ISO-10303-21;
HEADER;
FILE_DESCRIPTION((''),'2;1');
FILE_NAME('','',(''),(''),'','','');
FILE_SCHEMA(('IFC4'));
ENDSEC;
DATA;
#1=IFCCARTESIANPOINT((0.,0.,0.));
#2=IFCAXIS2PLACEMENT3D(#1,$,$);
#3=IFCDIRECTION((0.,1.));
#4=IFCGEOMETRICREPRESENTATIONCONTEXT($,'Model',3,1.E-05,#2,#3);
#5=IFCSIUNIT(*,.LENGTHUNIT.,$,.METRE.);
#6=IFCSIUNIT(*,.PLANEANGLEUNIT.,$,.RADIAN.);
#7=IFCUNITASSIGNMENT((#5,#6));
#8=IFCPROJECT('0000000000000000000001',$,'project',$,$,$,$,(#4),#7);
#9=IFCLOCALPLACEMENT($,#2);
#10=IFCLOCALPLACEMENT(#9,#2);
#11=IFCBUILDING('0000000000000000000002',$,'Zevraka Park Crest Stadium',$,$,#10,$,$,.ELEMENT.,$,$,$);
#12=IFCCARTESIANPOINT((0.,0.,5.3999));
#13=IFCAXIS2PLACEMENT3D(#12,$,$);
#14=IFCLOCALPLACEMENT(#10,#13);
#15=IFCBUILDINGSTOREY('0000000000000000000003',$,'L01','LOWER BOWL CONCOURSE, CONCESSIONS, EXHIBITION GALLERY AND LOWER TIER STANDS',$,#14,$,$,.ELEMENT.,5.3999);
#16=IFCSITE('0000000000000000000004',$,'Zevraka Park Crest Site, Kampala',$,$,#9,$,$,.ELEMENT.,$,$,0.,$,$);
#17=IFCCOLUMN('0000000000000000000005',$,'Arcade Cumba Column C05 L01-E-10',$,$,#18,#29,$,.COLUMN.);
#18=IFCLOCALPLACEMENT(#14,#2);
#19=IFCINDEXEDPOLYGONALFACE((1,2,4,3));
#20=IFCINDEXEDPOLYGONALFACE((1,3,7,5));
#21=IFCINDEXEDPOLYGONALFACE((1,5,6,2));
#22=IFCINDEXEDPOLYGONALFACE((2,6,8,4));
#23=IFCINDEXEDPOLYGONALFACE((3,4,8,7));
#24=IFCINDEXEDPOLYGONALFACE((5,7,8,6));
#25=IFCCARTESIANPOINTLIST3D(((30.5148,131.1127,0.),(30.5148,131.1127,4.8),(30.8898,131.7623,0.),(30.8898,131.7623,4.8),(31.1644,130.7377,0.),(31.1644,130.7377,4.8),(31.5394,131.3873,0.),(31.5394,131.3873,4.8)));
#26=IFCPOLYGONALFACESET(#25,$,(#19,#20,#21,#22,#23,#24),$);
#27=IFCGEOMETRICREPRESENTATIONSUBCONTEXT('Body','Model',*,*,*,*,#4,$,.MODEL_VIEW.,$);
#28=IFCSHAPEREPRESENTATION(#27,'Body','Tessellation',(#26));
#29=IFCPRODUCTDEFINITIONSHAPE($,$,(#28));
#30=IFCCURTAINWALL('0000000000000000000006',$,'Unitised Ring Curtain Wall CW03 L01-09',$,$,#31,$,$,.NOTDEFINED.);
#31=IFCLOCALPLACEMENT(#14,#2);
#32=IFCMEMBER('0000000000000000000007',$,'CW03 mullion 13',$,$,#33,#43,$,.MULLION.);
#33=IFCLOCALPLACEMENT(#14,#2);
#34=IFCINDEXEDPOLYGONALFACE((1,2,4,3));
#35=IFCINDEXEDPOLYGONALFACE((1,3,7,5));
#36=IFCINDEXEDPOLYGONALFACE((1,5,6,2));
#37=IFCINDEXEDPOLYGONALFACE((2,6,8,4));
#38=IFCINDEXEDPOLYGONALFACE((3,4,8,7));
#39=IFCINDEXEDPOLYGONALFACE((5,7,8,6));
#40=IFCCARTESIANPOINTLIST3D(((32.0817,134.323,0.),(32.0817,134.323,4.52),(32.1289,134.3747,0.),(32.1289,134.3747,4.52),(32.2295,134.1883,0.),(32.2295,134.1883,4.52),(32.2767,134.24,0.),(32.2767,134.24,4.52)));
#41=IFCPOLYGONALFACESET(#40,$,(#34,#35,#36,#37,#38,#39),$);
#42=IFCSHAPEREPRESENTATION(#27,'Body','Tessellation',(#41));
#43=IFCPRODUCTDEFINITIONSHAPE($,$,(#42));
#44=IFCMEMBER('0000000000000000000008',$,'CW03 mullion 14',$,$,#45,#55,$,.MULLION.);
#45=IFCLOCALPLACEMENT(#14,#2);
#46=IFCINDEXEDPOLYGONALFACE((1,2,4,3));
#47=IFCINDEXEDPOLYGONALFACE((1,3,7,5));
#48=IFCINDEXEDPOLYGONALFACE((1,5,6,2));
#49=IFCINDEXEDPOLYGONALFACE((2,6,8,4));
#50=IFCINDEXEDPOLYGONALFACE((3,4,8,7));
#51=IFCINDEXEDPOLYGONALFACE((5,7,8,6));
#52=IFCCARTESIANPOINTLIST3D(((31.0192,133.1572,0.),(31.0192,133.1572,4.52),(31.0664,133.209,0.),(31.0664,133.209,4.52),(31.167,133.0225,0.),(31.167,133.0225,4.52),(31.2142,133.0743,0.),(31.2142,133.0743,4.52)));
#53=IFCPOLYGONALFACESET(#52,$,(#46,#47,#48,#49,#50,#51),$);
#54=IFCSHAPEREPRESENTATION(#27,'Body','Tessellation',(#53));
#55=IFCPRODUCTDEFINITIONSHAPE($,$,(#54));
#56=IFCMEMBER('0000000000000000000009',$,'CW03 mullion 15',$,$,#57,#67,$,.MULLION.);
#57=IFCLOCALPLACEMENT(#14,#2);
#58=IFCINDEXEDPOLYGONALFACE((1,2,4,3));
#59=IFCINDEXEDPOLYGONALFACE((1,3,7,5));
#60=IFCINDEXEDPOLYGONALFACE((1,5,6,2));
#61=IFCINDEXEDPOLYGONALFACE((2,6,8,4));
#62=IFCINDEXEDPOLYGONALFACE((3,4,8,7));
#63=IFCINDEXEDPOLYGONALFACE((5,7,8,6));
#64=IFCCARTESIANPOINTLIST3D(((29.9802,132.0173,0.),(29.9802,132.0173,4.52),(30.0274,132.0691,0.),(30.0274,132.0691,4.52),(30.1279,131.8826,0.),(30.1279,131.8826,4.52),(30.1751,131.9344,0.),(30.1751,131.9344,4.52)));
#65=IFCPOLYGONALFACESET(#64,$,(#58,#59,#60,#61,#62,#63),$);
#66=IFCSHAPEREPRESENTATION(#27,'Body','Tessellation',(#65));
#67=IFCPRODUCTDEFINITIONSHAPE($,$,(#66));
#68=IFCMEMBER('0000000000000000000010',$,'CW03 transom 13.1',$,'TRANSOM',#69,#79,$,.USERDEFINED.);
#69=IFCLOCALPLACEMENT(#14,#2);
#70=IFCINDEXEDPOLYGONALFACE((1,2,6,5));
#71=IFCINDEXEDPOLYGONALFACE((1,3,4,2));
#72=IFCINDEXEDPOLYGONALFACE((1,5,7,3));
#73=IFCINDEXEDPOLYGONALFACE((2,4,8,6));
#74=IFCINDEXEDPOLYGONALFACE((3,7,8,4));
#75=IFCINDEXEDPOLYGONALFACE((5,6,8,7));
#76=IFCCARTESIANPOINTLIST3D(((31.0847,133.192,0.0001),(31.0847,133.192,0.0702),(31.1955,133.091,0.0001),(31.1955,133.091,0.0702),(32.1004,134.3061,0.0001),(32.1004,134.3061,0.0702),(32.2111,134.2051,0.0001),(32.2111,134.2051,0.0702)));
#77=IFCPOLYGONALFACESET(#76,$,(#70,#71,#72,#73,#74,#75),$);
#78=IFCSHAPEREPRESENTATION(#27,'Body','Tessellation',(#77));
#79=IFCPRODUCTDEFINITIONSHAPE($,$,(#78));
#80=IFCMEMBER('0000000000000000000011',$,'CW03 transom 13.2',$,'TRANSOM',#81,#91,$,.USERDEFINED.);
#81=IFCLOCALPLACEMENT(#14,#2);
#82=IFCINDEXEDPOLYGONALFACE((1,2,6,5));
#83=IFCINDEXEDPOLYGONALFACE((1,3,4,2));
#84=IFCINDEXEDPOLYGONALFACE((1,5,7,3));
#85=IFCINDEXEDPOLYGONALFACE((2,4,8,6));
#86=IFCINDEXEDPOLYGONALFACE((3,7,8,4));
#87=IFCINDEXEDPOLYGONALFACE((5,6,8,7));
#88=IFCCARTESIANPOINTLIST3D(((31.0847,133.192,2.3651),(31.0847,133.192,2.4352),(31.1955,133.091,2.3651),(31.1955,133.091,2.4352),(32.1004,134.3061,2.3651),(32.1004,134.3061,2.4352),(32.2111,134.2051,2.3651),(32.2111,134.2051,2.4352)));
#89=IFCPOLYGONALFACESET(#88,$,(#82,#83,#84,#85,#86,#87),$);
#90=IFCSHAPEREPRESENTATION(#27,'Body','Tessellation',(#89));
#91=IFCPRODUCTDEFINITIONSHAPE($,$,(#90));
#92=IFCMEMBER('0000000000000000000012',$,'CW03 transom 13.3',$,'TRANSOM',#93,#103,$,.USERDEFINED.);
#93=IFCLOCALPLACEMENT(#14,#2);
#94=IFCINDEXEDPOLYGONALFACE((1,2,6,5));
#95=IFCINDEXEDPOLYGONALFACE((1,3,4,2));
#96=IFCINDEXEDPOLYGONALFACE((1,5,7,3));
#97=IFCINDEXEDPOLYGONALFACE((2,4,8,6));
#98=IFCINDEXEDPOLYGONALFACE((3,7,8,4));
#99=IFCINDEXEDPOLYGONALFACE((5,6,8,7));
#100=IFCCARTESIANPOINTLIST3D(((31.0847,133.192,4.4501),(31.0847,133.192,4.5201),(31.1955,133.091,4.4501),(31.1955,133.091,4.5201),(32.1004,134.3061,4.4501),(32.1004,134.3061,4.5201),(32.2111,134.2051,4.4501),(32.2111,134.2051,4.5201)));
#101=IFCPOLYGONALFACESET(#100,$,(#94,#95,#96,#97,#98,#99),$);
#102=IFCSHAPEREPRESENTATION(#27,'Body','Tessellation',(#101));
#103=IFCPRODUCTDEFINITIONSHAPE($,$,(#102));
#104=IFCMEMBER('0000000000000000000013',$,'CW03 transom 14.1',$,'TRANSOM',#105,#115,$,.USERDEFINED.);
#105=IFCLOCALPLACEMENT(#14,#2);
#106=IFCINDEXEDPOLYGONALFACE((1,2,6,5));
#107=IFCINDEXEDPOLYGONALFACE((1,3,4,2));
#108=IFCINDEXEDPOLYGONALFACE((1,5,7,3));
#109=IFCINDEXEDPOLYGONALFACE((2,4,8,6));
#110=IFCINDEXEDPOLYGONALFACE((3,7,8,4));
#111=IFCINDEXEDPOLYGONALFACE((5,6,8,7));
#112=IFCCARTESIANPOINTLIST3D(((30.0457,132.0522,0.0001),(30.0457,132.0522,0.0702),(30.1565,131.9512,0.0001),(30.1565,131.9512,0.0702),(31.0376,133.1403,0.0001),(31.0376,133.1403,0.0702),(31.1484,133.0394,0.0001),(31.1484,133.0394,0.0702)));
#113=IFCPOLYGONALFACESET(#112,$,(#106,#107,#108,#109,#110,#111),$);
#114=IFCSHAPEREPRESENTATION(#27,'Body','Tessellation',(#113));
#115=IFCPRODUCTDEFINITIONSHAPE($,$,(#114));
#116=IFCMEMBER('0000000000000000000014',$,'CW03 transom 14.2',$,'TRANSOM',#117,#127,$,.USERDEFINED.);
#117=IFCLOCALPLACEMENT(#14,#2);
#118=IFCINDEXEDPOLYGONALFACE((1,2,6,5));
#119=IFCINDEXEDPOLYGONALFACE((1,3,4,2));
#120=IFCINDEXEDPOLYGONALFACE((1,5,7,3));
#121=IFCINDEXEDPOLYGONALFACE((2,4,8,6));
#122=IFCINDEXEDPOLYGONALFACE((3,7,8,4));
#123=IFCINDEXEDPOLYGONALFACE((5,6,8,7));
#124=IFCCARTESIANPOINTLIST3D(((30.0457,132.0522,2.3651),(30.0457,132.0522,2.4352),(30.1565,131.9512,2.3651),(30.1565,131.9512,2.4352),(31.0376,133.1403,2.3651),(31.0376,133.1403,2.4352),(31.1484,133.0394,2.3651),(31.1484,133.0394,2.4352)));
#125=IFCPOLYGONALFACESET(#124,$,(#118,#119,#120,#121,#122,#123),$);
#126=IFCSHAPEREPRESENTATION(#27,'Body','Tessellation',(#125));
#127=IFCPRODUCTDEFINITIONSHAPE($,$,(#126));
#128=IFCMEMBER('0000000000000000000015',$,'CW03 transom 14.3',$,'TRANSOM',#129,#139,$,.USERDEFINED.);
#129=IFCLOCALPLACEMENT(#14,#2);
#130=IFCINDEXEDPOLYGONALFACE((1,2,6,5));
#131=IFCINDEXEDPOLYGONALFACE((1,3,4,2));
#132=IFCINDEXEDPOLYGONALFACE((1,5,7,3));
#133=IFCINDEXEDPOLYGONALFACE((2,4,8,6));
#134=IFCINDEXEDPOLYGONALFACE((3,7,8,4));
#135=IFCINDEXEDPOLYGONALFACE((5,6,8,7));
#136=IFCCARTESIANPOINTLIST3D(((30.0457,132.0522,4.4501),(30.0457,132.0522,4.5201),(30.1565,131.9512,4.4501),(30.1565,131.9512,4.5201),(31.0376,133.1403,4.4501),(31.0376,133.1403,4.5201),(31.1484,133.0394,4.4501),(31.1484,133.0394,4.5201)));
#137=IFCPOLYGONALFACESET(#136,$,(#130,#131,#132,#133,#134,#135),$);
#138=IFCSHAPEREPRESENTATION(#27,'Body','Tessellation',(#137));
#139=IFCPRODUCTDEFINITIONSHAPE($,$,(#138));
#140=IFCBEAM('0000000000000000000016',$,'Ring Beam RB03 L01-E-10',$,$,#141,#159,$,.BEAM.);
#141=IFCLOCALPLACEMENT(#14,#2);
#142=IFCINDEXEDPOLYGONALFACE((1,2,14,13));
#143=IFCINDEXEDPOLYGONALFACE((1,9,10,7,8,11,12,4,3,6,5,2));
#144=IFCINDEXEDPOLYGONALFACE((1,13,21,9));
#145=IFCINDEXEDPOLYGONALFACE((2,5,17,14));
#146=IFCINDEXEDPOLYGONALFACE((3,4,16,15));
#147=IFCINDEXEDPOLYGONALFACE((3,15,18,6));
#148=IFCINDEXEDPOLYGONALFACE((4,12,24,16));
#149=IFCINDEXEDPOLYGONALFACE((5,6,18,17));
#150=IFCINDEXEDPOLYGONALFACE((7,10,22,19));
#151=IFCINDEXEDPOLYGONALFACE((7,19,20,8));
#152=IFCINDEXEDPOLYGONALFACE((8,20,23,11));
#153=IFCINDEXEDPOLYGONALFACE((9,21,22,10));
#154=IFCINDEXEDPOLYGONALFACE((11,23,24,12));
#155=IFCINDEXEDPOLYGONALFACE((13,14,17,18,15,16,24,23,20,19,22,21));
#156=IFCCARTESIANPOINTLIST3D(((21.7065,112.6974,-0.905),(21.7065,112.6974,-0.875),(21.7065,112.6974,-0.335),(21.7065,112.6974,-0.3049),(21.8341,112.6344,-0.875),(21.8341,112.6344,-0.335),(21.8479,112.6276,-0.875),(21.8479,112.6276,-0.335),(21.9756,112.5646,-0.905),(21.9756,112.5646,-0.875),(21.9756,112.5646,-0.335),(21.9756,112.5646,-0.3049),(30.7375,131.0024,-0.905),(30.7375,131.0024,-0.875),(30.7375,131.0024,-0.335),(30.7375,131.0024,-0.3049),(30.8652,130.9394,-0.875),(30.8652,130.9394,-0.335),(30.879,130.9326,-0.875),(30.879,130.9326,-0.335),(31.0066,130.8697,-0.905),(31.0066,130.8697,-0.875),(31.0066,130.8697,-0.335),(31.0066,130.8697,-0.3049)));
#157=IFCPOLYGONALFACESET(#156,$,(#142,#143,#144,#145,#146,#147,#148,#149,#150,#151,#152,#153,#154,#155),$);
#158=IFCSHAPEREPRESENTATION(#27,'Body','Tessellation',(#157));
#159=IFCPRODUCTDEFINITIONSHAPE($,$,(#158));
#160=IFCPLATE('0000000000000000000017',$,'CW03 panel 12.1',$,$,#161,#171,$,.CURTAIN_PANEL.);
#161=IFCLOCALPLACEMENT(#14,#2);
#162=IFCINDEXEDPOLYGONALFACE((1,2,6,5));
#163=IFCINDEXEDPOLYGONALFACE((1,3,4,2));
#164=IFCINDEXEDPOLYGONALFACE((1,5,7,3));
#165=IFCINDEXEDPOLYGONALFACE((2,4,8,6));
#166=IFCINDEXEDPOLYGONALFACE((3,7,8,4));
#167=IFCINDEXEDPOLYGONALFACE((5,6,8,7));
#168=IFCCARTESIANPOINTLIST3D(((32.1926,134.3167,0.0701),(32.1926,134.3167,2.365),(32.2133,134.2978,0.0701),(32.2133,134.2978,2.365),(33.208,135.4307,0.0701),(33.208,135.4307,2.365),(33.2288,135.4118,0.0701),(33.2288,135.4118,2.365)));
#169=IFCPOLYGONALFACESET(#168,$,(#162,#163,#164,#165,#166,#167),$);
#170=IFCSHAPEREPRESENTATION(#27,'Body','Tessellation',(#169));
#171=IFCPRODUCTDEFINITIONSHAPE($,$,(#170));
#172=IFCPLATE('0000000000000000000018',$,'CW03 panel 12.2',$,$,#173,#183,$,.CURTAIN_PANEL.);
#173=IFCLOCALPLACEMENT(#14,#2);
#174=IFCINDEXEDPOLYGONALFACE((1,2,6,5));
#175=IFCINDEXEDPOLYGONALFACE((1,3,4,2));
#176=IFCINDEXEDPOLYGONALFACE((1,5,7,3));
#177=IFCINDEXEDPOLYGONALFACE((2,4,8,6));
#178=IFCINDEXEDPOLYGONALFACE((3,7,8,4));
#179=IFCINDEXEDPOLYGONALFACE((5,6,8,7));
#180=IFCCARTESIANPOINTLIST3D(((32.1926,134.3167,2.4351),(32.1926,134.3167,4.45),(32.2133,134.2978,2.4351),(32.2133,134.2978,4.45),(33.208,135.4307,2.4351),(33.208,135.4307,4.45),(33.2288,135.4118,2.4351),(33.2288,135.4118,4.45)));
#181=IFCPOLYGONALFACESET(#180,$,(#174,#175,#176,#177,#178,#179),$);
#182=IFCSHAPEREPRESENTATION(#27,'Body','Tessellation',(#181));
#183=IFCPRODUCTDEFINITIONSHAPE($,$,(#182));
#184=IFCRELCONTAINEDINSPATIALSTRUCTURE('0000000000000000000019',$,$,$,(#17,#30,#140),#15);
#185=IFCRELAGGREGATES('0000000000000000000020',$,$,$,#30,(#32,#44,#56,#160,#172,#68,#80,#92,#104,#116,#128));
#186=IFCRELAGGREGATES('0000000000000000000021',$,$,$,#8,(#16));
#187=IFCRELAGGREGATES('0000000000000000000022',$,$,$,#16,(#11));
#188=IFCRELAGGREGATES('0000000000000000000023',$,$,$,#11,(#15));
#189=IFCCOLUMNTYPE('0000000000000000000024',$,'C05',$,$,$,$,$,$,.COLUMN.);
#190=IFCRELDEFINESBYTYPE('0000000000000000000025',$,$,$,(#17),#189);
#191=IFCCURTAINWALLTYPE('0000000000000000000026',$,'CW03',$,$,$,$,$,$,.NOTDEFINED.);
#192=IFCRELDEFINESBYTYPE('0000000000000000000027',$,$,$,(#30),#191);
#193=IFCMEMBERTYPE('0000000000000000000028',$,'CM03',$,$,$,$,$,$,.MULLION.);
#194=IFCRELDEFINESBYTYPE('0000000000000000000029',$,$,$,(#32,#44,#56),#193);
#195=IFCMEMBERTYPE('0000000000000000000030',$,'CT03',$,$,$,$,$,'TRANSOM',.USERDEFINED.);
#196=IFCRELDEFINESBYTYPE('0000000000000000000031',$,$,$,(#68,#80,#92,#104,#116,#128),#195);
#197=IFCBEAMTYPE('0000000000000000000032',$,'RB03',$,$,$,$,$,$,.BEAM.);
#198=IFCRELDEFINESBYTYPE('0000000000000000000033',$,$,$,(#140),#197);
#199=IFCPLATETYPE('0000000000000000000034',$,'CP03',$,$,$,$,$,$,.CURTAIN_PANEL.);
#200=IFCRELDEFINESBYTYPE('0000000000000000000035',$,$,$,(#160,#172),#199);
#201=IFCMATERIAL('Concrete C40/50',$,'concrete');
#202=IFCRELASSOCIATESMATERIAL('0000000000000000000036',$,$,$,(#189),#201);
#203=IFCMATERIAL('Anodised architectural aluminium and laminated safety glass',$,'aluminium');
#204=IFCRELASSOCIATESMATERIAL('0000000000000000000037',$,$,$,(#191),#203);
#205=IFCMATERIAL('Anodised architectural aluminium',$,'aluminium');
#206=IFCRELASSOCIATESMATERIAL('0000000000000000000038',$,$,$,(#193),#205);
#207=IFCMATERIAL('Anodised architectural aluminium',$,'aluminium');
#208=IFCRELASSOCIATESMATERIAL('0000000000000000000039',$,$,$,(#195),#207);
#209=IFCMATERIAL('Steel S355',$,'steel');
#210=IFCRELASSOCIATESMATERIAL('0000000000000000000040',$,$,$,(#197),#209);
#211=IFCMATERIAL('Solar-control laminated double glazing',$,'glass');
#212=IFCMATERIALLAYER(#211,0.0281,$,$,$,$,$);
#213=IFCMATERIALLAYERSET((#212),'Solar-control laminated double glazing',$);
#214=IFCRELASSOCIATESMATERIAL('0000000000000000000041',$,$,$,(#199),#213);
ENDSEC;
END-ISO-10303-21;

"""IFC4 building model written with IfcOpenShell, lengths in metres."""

from ifc_helpers import new_model, si_unit, direction, frame, origin, origin_2d, place, context, subcontext, project, spatial, rectangle, i_section, extrude, material, layer, layer_set, material_profile, profile_set, type_object, element, aggregate, save


model = new_model("IFC4")

# Units and contexts
model_context = context("Model", 3, precision=1e-05, world=origin(), true_north=direction((0.0, 1.0)))
body_context = subcontext(model_context, "Body", "Model", "MODEL_VIEW")
ifc_project = project(units=[si_unit("LENGTHUNIT", "METRE"), si_unit("PLANEANGLEUNIT", "RADIAN")], contexts=[model_context])

# Site, building, storey
site_placement = place(None, origin())
site = spatial("IfcSite", under=ifc_project, at=site_placement, Name="Zevraka Park Crest Site, Kampala", CompositionType="ELEMENT", RefElevation=0.0)
building_placement = place(site_placement, origin())
building = spatial("IfcBuilding", under=site, at=building_placement, Name="Zevraka Park Crest Stadium", CompositionType="ELEMENT")
storey_placement = place(building_placement, frame((0.0, 0.0, 5.3999)))
storey = spatial("IfcBuildingStorey", under=building, at=storey_placement, Name="L01", Description="LOWER BOWL CONCOURSE, CONCESSIONS, EXHIBITION GALLERY AND LOWER TIER STANDS", CompositionType="ELEMENT", Elevation=5.3999)

# Column
ifc_material_1 = material(Name="Concrete C40/50", Category="concrete")
ifc_material_profile_1 = material_profile(ifc_material_1, rectangle(XDim=0.75, YDim=0.75, at=origin_2d()), Name="RC 750x750")
ifc_profile_set_1 = profile_set([ifc_material_profile_1], Name="Concrete C40/50")
column_type = type_object("IfcColumnType", Name="C05", PredefinedType="COLUMN", material=ifc_profile_set_1)
column_placement = place(storey_placement, frame((31.0271, 131.25, 0.0), z_axis=(0.0, 0.0, 1.0), x_axis=(-0.866025, 0.5, 0.0)))
element("IfcColumn", 1, at=column_placement, inside=storey, type_object=column_type, Name="Arcade Cumba Column C05 L01-E-10", PredefinedType="COLUMN", context=body_context, shape_type="SweptSolid", body=[
    extrude(rectangle(XDim=0.75, YDim=0.75, at=origin_2d()), origin(), (0.0, 0.0, 1.0), 4.8),
])

# Curtain wall, members
ifc_material_2 = material(Name="Anodised architectural aluminium and laminated safety glass", Category="aluminium")
curtain_wall_type = type_object("IfcCurtainWallType", Name="CW03", PredefinedType="NOTDEFINED", material=ifc_material_2)
curtain_wall_placement = place(storey_placement, origin())
curtain_wall = element("IfcCurtainWall", 2, at=curtain_wall_placement, inside=storey, type_object=curtain_wall_type, Name="Unitised Ring Curtain Wall CW03 L01-09", PredefinedType="NOTDEFINED")
ifc_material_3 = material(Name="Anodised architectural aluminium", Category="aluminium")
ifc_material_profile_2 = material_profile(ifc_material_3, rectangle(XDim=0.2, YDim=0.0701, at=origin_2d()), Name="ALU MULLION 200x70")
ifc_profile_set_2 = profile_set([ifc_material_profile_2], Name="Anodised architectural aluminium")
member_type_1 = type_object("IfcMemberType", Name="CM03", PredefinedType="MULLION", material=ifc_profile_set_2)
member_1_placement = place(storey_placement, frame((32.1792, 134.2815, 0.0), z_axis=(0.0, 0.0, 1.0), x_axis=(0.739023, -0.67368, 0.0)))
member_1 = element("IfcMember", 3, at=member_1_placement, type_object=member_type_1, Name="CW03 mullion 13", PredefinedType="MULLION", context=body_context, shape_type="SweptSolid", body=[
    extrude(rectangle(XDim=0.2, YDim=0.0701, at=origin_2d()), origin(), (0.0, 0.0, 1.0), 4.52),
])
member_2_placement = place(storey_placement, frame((31.1167, 133.1157, 0.0), z_axis=(0.0, 0.0, 1.0), x_axis=(0.739023, -0.67368, 0.0)))
member_2 = element("IfcMember", 4, at=member_2_placement, type_object=member_type_1, Name="CW03 mullion 14", PredefinedType="MULLION", context=body_context, shape_type="SweptSolid", body=[
    extrude(rectangle(XDim=0.2, YDim=0.0701, at=origin_2d()), origin(), (0.0, 0.0, 1.0), 4.52),
])
member_3_placement = place(storey_placement, frame((30.0776, 131.9758, 0.0), z_axis=(0.0, 0.0, 1.0), x_axis=(0.739023, -0.67368, 0.0)))
member_3 = element("IfcMember", 5, at=member_3_placement, type_object=member_type_1, Name="CW03 mullion 15", PredefinedType="MULLION", context=body_context, shape_type="SweptSolid", body=[
    extrude(rectangle(XDim=0.2, YDim=0.0701, at=origin_2d()), origin(), (0.0, 0.0, 1.0), 4.52),
])
ifc_material_4 = material(Name="Anodised architectural aluminium", Category="aluminium")
ifc_material_profile_3 = material_profile(ifc_material_4, rectangle(XDim=0.1499, YDim=0.0701, at=origin_2d()), Name="ALU TRANSOM 150x70")
ifc_profile_set_3 = profile_set([ifc_material_profile_3], Name="Anodised architectural aluminium")
member_type_2 = type_object("IfcMemberType", Name="CT03", ElementType="TRANSOM", PredefinedType="USERDEFINED", material=ifc_profile_set_3)
member_4_placement = place(storey_placement, frame((32.1558, 134.2556, 0.0352), z_axis=(-0.67372, -0.738987, 0.0), x_axis=(0.738987, -0.67372, 0.0)))
member_4 = element("IfcMember", 6, at=member_4_placement, type_object=member_type_2, Name="CW03 transom 13.1", ObjectType="TRANSOM", PredefinedType="USERDEFINED", context=body_context, shape_type="SweptSolid", body=[
    extrude(rectangle(XDim=0.1499, YDim=0.0701, at=origin_2d()), origin(), (0.0, 0.0, 1.0), 1.5076),
])
member_5_placement = place(storey_placement, frame((32.1558, 134.2556, 2.4001), z_axis=(-0.67372, -0.738987, 0.0), x_axis=(0.738987, -0.67372, 0.0)))
member_5 = element("IfcMember", 7, at=member_5_placement, type_object=member_type_2, Name="CW03 transom 13.2", ObjectType="TRANSOM", PredefinedType="USERDEFINED", context=body_context, shape_type="SweptSolid", body=[
    extrude(rectangle(XDim=0.1499, YDim=0.0701, at=origin_2d()), origin(), (0.0, 0.0, 1.0), 1.5076),
])
member_6_placement = place(storey_placement, frame((32.1558, 134.2556, 4.4851), z_axis=(-0.67372, -0.738987, 0.0), x_axis=(0.738987, -0.67372, 0.0)))
member_6 = element("IfcMember", 8, at=member_6_placement, type_object=member_type_2, Name="CW03 transom 13.3", ObjectType="TRANSOM", PredefinedType="USERDEFINED", context=body_context, shape_type="SweptSolid", body=[
    extrude(rectangle(XDim=0.1499, YDim=0.0701, at=origin_2d()), origin(), (0.0, 0.0, 1.0), 1.5076),
])
member_7_placement = place(storey_placement, frame((31.093, 133.0898, 0.0352), z_axis=(-0.673687, -0.739017, 0.0), x_axis=(0.739017, -0.673687, 0.0)))
member_7 = element("IfcMember", 9, at=member_7_placement, type_object=member_type_2, Name="CW03 transom 14.1", ObjectType="TRANSOM", PredefinedType="USERDEFINED", context=body_context, shape_type="SweptSolid", body=[
    extrude(rectangle(XDim=0.1499, YDim=0.0701, at=origin_2d()), origin(), (0.0, 0.0, 1.0), 1.4724),
])
member_8_placement = place(storey_placement, frame((31.093, 133.0898, 2.4001), z_axis=(-0.673687, -0.739017, 0.0), x_axis=(0.739017, -0.673687, 0.0)))
member_8 = element("IfcMember", 10, at=member_8_placement, type_object=member_type_2, Name="CW03 transom 14.2", ObjectType="TRANSOM", PredefinedType="USERDEFINED", context=body_context, shape_type="SweptSolid", body=[
    extrude(rectangle(XDim=0.1499, YDim=0.0701, at=origin_2d()), origin(), (0.0, 0.0, 1.0), 1.4724),
])
member_9_placement = place(storey_placement, frame((31.093, 133.0898, 4.4851), z_axis=(-0.673687, -0.739017, 0.0), x_axis=(0.739017, -0.673687, 0.0)))
member_9 = element("IfcMember", 11, at=member_9_placement, type_object=member_type_2, Name="CW03 transom 14.3", ObjectType="TRANSOM", PredefinedType="USERDEFINED", context=body_context, shape_type="SweptSolid", body=[
    extrude(rectangle(XDim=0.1499, YDim=0.0701, at=origin_2d()), origin(), (0.0, 0.0, 1.0), 1.4724),
])

# Beam
ifc_material_5 = material(Name="Steel S355", Category="steel")
ifc_material_profile_4 = material_profile(ifc_material_5, i_section(OverallWidth=0.3, OverallDepth=0.6001, WebThickness=0.0154, FlangeThickness=0.03, at=origin_2d()), Name="HEB 600")
ifc_profile_set_4 = profile_set([ifc_material_profile_4], Name="Steel S355")
beam_type = type_object("IfcBeamType", Name="RB03", PredefinedType="BEAM", material=ifc_profile_set_4)
beam_placement = place(storey_placement, frame((30.8721, 130.936, -0.605), z_axis=(-0.442447, -0.896795, 0.0), x_axis=(0.896795, -0.442447, 0.0)))
element("IfcBeam", 12, at=beam_placement, inside=storey, type_object=beam_type, Name="Ring Beam RB03 L01-E-10", PredefinedType="BEAM", context=body_context, shape_type="SweptSolid", body=[
    extrude(i_section(OverallWidth=0.3, OverallDepth=0.6001, WebThickness=0.0154, FlangeThickness=0.03, at=origin_2d()), origin(), (0.0, 0.0, 1.0), 20.4116),
])

# Plates
ifc_material_6 = material(Name="Solar-control laminated double glazing", Category="glass")
ifc_layer_1 = layer(ifc_material_6, 0.0281)
ifc_layer_set_1 = layer_set([ifc_layer_1], Name="Solar-control laminated double glazing")
plate_type = type_object("IfcPlateType", Name="CP03", PredefinedType="CURTAIN_PANEL", material=ifc_layer_set_1)
plate_1_placement = place(storey_placement, frame((32.7107, 134.8643, 0.0701), z_axis=(0.0, 0.0, 1.0), x_axis=(-0.67368, -0.739023, 0.0)))
plate_1 = element("IfcPlate", 13, at=plate_1_placement, type_object=plate_type, Name="CW03 panel 12.1", PredefinedType="CURTAIN_PANEL", context=body_context, shape_type="SweptSolid", body=[
    extrude(rectangle(XDim=1.5073, YDim=0.0281, at=origin_2d()), origin(), (0.0, 0.0, 1.0), 2.2949),
])
plate_2_placement = place(storey_placement, frame((32.7107, 134.8643, 2.4351), z_axis=(0.0, 0.0, 1.0), x_axis=(-0.67368, -0.739023, 0.0)))
plate_2 = element("IfcPlate", 14, at=plate_2_placement, type_object=plate_type, Name="CW03 panel 12.2", PredefinedType="CURTAIN_PANEL", context=body_context, shape_type="SweptSolid", body=[
    extrude(rectangle(XDim=1.5073, YDim=0.0281, at=origin_2d()), origin(), (0.0, 0.0, 1.0), 2.0149),
])
aggregate(curtain_wall, [member_1, member_2, member_3, plate_1, plate_2, member_4, member_5, member_6, member_7, member_8, member_9])

save(model, "model.ifc")
